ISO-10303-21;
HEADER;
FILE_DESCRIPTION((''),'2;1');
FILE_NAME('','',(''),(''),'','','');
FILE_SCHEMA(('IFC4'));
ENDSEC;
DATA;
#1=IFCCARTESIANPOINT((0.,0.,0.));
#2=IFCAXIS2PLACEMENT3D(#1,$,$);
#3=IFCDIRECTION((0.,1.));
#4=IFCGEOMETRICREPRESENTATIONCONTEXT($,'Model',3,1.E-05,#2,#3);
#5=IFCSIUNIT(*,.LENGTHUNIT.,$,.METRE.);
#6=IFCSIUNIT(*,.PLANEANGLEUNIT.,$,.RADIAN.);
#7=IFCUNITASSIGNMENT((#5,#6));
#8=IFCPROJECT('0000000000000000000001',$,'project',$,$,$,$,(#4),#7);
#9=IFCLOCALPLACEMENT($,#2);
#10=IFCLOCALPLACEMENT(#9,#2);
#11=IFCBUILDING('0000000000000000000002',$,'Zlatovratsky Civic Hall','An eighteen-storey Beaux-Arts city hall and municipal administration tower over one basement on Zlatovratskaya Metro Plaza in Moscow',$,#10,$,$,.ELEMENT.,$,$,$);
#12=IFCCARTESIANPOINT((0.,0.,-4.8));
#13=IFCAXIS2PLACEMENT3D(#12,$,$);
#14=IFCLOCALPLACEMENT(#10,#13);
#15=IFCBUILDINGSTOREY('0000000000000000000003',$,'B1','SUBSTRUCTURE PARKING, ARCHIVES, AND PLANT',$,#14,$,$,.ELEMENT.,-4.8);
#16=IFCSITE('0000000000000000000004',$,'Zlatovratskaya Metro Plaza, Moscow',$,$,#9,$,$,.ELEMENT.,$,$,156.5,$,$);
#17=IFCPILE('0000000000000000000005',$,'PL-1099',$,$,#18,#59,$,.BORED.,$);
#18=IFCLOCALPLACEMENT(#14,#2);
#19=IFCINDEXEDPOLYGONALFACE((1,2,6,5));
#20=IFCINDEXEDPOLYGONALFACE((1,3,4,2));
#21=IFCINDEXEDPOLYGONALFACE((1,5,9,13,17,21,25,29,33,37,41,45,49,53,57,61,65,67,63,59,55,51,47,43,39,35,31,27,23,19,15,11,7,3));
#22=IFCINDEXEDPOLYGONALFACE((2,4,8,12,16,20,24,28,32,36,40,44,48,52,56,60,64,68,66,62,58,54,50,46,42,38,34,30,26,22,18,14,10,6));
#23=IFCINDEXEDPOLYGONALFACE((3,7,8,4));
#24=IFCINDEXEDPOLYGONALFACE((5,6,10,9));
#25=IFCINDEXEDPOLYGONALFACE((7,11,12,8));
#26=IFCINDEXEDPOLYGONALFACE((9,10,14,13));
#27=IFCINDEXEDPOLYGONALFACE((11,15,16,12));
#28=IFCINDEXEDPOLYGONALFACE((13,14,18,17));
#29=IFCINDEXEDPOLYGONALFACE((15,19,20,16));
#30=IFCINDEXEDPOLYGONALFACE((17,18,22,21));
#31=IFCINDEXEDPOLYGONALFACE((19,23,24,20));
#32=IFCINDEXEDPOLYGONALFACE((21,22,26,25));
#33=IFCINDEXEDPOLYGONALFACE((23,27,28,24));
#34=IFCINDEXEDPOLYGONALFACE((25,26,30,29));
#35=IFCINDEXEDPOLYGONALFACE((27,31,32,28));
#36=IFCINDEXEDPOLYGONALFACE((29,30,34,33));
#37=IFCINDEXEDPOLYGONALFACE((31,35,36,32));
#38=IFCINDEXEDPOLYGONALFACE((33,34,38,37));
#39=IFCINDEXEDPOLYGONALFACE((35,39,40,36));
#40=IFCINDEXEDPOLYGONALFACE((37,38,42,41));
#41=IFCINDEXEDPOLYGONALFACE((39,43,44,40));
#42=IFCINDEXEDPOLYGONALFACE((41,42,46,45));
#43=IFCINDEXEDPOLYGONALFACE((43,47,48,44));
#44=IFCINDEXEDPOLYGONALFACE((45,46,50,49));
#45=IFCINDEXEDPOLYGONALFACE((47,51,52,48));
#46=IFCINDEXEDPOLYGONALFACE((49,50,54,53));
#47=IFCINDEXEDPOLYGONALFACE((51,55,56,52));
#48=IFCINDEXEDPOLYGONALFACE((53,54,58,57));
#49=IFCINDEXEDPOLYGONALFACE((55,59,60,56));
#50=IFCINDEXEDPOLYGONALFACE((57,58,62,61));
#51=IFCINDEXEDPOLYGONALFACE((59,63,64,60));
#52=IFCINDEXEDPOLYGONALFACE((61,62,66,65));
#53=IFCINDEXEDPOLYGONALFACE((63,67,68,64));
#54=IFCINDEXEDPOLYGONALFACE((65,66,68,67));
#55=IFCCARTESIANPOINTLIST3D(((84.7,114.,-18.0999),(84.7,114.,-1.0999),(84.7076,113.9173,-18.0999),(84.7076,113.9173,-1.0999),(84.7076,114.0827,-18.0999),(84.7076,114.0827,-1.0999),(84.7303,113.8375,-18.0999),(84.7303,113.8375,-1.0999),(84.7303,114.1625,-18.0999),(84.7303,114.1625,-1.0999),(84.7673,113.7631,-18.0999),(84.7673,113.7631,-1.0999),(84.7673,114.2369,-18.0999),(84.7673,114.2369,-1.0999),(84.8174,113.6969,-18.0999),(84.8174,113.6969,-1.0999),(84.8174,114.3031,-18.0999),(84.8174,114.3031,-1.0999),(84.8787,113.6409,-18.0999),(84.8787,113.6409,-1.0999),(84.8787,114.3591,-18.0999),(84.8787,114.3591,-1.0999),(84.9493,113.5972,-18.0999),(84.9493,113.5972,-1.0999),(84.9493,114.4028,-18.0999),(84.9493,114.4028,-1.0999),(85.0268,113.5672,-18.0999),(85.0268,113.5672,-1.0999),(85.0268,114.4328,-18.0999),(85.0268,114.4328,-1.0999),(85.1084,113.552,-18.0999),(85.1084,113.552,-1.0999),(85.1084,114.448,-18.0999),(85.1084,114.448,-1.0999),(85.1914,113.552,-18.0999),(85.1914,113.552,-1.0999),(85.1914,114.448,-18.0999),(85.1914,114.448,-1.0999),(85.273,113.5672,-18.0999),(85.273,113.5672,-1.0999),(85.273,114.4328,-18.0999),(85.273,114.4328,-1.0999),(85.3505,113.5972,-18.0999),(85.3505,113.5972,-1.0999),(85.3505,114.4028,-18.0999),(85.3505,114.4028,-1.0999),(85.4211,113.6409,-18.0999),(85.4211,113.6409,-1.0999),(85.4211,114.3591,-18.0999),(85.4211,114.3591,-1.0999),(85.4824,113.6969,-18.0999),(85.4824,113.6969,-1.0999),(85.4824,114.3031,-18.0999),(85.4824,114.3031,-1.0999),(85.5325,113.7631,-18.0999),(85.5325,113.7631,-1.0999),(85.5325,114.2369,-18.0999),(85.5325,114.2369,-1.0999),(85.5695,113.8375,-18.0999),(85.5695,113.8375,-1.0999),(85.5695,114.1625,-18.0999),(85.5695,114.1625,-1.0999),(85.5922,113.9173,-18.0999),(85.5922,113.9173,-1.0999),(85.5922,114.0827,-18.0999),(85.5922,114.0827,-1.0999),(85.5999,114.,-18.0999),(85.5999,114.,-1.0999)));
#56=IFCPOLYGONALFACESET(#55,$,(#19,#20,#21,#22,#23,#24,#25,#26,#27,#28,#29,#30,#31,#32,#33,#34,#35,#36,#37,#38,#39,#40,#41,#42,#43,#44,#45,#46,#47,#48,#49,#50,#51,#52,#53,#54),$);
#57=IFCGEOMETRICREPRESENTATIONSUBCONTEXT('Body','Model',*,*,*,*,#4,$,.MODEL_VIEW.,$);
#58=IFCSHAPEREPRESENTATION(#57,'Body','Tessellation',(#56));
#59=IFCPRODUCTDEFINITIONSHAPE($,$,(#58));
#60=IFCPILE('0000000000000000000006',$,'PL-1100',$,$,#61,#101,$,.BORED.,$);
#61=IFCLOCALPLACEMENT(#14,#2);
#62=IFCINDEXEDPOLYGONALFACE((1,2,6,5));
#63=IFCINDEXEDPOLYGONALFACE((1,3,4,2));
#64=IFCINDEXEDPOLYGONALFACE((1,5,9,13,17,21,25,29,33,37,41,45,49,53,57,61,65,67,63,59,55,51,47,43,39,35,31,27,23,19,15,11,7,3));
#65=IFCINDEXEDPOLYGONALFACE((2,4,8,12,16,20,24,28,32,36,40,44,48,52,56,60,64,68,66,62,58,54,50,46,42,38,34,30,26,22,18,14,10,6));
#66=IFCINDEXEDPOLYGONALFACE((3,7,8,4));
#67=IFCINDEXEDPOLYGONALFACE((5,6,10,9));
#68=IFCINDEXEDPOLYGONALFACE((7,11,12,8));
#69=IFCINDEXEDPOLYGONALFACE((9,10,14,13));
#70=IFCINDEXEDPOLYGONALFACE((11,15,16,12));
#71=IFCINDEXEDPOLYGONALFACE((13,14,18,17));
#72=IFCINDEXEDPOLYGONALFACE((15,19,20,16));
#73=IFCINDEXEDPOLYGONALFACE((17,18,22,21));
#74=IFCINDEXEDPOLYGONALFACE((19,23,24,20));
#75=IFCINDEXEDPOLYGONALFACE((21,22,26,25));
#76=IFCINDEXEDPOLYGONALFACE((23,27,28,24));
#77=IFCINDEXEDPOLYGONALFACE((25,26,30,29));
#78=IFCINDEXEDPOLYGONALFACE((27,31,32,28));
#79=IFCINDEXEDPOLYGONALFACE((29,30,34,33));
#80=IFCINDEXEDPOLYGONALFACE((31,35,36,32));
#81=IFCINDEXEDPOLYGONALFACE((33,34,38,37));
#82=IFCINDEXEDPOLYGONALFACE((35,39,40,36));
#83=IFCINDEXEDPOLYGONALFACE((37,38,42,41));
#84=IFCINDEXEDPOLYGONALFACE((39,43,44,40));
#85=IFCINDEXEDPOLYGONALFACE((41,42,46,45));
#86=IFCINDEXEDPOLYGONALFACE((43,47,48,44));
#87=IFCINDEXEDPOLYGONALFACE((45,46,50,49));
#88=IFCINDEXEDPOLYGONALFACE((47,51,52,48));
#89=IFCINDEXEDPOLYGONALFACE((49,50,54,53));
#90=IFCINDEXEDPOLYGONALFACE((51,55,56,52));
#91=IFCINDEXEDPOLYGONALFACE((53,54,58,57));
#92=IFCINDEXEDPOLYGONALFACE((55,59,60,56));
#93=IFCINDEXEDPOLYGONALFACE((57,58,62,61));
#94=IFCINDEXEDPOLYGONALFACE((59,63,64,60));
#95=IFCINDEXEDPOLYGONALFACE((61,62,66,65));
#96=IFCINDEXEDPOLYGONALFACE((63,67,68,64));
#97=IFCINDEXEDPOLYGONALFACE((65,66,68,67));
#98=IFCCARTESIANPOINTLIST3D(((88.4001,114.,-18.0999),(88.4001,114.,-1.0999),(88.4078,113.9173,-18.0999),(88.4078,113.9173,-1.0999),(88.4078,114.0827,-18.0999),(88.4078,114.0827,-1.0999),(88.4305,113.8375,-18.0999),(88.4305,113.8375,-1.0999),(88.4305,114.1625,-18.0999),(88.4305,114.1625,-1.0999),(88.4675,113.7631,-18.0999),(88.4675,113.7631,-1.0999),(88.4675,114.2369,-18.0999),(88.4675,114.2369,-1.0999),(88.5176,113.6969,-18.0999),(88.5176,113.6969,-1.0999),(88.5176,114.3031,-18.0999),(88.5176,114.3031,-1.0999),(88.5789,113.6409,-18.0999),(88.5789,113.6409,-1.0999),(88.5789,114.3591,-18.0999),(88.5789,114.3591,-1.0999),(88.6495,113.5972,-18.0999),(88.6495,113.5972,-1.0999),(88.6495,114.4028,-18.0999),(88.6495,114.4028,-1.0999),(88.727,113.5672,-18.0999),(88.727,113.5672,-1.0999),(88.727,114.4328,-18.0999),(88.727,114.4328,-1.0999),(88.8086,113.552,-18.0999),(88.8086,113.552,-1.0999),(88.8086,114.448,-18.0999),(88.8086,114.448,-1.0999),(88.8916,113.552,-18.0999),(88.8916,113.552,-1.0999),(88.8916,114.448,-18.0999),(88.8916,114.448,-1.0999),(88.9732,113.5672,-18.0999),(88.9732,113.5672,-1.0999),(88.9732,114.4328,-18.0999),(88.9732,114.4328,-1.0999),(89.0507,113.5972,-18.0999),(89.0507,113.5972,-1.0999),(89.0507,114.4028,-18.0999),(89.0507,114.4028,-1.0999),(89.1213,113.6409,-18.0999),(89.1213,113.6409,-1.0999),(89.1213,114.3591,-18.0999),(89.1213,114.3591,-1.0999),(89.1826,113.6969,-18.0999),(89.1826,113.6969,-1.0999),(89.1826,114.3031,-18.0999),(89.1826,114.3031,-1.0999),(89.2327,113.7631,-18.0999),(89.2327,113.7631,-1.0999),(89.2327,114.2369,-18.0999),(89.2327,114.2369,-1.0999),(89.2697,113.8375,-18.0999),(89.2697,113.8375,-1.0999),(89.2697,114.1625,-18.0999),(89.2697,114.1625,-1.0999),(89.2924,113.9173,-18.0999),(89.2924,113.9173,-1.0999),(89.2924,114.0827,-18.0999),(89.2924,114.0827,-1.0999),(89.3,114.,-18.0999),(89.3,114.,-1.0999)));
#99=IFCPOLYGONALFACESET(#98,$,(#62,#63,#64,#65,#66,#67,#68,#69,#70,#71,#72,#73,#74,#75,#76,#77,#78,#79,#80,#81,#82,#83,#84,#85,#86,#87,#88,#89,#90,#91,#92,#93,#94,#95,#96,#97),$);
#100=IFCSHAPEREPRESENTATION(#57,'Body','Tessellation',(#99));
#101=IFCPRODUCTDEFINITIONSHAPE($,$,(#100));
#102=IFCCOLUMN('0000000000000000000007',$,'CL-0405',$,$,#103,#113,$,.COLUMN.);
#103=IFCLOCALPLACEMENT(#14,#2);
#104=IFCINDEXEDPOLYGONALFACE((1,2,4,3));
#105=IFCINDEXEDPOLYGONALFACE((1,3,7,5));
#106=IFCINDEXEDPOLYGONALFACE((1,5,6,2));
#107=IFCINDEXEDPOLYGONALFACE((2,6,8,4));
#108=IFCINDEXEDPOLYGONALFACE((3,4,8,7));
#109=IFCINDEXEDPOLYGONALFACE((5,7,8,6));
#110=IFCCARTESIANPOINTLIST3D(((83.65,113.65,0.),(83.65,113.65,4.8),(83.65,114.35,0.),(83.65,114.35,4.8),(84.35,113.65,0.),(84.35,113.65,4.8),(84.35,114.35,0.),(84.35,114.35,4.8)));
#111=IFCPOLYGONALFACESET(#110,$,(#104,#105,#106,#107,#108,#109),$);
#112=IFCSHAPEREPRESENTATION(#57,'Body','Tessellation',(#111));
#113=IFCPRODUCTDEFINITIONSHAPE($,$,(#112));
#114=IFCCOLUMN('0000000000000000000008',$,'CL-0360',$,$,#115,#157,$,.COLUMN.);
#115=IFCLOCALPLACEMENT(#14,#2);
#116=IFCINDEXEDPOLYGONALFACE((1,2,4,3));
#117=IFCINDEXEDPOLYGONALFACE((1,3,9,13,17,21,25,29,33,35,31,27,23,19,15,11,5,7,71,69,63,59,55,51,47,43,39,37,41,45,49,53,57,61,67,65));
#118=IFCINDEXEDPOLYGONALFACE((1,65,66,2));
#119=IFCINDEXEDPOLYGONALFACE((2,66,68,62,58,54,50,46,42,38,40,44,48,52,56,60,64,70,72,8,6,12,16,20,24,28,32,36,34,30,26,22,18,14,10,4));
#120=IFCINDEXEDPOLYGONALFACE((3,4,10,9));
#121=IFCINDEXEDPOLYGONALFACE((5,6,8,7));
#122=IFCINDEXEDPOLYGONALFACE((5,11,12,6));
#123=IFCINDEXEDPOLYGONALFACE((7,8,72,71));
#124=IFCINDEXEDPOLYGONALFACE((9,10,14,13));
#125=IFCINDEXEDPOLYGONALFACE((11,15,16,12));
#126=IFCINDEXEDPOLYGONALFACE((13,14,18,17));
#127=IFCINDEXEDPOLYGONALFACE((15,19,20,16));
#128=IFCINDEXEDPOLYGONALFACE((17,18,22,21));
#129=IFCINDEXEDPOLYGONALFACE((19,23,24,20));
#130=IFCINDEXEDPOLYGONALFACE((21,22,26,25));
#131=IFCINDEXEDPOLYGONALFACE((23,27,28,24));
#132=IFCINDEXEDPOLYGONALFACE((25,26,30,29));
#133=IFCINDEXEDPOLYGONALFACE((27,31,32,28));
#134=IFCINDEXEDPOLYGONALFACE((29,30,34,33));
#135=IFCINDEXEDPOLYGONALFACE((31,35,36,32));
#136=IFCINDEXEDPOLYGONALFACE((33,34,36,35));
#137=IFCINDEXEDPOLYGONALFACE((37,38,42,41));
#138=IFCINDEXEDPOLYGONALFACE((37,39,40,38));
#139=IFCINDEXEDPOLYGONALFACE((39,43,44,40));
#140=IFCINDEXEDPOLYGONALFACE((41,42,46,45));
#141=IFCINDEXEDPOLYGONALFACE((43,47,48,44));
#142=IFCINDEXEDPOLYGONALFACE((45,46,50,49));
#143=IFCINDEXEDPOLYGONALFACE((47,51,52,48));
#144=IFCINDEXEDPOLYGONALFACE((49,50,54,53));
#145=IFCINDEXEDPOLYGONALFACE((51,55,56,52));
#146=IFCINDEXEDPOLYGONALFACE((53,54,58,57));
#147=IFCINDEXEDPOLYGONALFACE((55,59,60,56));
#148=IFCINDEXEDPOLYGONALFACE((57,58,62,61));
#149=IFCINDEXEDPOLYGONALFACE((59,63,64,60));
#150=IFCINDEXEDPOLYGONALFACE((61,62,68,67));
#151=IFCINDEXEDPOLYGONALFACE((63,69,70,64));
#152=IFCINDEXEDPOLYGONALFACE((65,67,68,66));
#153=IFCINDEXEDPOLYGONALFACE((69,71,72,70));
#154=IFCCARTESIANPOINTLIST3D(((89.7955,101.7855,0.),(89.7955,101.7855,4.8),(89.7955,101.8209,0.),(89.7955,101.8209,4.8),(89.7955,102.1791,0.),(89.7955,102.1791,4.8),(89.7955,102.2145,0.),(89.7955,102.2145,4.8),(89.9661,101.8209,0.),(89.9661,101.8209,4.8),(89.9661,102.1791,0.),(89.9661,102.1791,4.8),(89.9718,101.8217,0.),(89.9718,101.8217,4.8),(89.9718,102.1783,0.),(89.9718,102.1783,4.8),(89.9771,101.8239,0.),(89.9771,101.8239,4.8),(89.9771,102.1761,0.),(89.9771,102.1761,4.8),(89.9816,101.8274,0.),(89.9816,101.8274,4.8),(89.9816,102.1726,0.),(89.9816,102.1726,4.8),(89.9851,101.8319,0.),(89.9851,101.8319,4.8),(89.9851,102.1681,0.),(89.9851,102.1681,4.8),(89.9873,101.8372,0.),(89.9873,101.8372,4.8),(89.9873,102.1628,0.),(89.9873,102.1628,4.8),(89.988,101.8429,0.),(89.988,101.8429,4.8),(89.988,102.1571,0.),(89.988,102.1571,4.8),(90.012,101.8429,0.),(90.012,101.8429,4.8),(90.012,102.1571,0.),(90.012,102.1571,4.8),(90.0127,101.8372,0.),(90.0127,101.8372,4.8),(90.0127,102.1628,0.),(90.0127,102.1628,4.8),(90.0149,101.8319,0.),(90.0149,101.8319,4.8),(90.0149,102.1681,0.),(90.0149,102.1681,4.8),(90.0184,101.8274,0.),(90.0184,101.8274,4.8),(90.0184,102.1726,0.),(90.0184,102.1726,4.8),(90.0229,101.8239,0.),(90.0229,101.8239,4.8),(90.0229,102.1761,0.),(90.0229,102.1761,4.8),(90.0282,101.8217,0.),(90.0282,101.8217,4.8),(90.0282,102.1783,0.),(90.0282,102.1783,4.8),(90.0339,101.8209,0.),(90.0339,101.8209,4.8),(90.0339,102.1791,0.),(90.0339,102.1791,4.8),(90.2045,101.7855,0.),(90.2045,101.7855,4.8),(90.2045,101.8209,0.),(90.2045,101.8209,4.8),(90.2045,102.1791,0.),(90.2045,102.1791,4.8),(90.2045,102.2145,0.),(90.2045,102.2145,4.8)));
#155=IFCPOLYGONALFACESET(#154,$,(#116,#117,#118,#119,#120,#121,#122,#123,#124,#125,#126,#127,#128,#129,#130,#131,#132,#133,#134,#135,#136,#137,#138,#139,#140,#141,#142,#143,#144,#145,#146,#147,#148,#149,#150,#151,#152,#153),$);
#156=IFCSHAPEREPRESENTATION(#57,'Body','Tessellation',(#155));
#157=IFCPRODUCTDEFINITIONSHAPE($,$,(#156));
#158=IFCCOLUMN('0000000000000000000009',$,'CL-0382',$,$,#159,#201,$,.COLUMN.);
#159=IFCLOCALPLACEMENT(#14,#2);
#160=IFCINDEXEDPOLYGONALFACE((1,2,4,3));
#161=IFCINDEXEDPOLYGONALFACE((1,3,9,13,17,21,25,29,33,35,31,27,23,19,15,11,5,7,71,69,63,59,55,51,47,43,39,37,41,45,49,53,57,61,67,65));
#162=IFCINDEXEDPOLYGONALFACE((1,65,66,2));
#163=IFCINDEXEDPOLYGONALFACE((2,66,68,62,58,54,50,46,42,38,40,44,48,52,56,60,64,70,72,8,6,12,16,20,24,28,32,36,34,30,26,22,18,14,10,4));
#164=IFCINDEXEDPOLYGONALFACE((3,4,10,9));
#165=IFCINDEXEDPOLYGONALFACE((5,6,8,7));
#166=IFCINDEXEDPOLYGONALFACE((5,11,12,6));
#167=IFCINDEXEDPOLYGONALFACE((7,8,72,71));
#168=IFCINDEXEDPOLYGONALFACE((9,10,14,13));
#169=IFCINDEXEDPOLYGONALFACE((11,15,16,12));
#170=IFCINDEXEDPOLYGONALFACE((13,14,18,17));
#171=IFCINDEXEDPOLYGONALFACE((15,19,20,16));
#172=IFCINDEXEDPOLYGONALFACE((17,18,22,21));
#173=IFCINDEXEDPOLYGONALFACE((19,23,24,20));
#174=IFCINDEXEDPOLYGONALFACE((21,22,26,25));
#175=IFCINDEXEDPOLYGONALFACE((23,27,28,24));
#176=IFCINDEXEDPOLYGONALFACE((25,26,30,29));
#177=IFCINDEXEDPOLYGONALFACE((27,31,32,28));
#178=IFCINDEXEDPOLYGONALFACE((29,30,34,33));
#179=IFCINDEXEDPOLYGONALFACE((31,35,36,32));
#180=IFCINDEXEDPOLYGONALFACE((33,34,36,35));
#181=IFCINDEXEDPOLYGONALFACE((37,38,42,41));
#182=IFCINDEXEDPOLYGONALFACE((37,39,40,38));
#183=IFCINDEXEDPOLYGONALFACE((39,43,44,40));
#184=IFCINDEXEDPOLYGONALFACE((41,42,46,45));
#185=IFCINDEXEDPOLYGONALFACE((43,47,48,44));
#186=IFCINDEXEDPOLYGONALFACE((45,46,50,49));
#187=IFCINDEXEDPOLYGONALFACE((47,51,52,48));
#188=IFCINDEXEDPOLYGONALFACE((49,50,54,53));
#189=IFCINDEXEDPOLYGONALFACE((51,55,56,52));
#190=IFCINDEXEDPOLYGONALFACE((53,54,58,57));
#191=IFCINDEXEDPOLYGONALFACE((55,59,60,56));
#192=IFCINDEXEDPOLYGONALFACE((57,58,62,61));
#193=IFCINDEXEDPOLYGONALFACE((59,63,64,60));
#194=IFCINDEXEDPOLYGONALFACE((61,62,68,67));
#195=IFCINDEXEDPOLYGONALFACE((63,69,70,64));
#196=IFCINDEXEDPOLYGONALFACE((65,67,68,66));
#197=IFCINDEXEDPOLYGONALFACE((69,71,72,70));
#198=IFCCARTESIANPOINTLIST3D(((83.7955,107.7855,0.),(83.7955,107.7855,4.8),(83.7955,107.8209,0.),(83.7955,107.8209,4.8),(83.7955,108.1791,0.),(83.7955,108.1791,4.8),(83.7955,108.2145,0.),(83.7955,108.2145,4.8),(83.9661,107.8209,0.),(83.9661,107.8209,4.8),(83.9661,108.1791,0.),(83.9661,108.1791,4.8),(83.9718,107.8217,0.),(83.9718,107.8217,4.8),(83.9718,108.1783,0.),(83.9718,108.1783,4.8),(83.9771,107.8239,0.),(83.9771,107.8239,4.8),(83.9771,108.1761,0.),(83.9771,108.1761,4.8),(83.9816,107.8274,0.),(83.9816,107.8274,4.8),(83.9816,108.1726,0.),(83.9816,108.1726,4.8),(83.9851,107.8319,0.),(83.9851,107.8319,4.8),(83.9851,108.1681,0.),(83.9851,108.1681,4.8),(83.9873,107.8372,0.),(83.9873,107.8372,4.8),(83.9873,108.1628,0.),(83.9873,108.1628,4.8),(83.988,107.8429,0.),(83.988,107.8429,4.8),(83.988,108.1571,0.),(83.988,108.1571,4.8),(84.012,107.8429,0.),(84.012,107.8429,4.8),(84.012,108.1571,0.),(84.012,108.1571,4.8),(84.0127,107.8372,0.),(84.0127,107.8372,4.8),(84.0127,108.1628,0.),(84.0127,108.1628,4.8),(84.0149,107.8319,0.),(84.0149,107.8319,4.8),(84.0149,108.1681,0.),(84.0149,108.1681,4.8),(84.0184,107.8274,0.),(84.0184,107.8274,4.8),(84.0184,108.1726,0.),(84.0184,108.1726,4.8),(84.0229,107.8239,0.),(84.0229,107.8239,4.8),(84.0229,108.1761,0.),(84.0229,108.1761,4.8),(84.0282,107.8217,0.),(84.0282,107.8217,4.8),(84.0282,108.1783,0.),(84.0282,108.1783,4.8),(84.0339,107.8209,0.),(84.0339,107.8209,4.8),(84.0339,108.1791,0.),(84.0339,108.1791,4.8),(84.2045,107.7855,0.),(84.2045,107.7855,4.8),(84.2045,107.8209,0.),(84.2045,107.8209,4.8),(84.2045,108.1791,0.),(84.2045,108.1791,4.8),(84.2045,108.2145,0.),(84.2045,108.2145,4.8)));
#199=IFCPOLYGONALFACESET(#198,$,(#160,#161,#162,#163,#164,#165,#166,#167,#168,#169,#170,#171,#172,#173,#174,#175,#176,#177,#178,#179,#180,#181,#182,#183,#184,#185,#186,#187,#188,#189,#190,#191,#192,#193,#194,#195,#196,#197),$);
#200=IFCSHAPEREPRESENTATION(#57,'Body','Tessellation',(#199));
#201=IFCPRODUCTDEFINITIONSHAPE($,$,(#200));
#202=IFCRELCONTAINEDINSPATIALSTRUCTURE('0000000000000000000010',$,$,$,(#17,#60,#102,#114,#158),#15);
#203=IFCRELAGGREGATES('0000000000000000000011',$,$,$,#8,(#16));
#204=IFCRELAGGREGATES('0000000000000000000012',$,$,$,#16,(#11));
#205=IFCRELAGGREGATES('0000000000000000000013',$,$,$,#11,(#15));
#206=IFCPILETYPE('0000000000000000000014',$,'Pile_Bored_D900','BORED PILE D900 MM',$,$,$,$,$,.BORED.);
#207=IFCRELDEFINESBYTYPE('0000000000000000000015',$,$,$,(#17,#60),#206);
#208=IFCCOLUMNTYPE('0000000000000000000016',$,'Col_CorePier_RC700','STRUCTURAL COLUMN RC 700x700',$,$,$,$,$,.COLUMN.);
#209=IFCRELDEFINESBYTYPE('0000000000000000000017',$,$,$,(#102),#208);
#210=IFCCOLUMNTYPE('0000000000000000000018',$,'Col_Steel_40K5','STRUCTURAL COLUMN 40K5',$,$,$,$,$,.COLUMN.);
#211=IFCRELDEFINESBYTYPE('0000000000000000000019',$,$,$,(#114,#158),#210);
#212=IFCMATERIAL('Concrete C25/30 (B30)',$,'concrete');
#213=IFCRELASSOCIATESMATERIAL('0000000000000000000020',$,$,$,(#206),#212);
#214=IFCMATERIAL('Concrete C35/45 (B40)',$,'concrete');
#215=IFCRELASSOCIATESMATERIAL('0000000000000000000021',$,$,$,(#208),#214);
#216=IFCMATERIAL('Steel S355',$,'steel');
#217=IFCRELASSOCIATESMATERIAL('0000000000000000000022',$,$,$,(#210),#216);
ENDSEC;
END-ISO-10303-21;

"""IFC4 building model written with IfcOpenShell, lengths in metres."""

from ifc_helpers import new_model, si_unit, direction, frame, origin, origin_2d, place, context, subcontext, project, spatial, rectangle, circle, i_section, extrude, material, material_profile, profile_set, type_object, element, save


model = new_model("IFC4")

# Units and contexts
model_context = context("Model", 3, precision=1e-05, world=origin(), true_north=direction((0.0, 1.0)))
body_context = subcontext(model_context, "Body", "Model", "MODEL_VIEW")
ifc_project = project(units=[si_unit("LENGTHUNIT", "METRE"), si_unit("PLANEANGLEUNIT", "RADIAN")], contexts=[model_context])

# Site, building, storey
site_placement = place(None, origin())
site = spatial("IfcSite", under=ifc_project, at=site_placement, Name="Zlatovratskaya Metro Plaza, Moscow", CompositionType="ELEMENT", RefElevation=156.5)
building_placement = place(site_placement, origin())
building = spatial("IfcBuilding", under=site, at=building_placement, Name="Zlatovratsky Civic Hall", Description="An eighteen-storey Beaux-Arts city hall and municipal administration tower over one basement on Zlatovratskaya Metro Plaza in Moscow", CompositionType="ELEMENT")
storey_placement = place(building_placement, frame((0.0, 0.0, -4.8)))
storey = spatial("IfcBuildingStorey", under=building, at=storey_placement, Name="B1", Description="SUBSTRUCTURE PARKING, ARCHIVES, AND PLANT", CompositionType="ELEMENT", Elevation=-4.8)

# Shared definitions
ifc_material_1 = material(Name="Concrete C25/30 (B30)", Category="concrete")

# Piles
ifc_material_profile_1 = material_profile(ifc_material_1, circle(Radius=0.45, at=origin_2d()), Name="PILE D900")
ifc_profile_set_1 = profile_set([ifc_material_profile_1], Name="Concrete C25/30 (B30)")
pile_type_1 = type_object("IfcPileType", Name="Pile_Bored_D900", Description="BORED PILE D900 MM", PredefinedType="BORED", material=ifc_profile_set_1)
for number, where, z_axis, x_axis, name in (
    (1, (85.1499, 114.0, -1.0999), (0.0, 0.0, -1.0), (1.0, 0.0, 0.0), "PL-1099"),
    (2, (88.8501, 114.0, -1.0999), (0.0, 0.0, -1.0), (1.0, 0.0, 0.0), "PL-1100"),
):
    element("IfcPile", number, at=place(storey_placement, frame(where, z_axis=z_axis, x_axis=x_axis)), inside=storey, type_object=pile_type_1, Name=name, PredefinedType="BORED", context=body_context, shape_type="SweptSolid", body=[
        extrude(circle(Radius=0.45, at=origin_2d()), origin(), (0.0, 0.0, 1.0), 17.0),
    ])

# Columns
ifc_material_2 = material(Name="Concrete C35/45 (B40)", Category="concrete")
ifc_material_profile_2 = material_profile(ifc_material_2, rectangle(XDim=0.7, YDim=0.7, at=origin_2d()), Name="RC 700x700")
ifc_profile_set_2 = profile_set([ifc_material_profile_2], Name="Concrete C35/45 (B40)")
column_type_1 = type_object("IfcColumnType", Name="Col_CorePier_RC700", Description="STRUCTURAL COLUMN RC 700x700", PredefinedType="COLUMN", material=ifc_profile_set_2)
column_placement = place(storey_placement, frame((84.0, 114.0, 0.0), z_axis=(0.0, 0.0, 1.0), x_axis=(1.0, 0.0, 0.0)))
element("IfcColumn", 3, at=column_placement, inside=storey, type_object=column_type_1, Name="CL-0405", PredefinedType="COLUMN", context=body_context, shape_type="SweptSolid", body=[
    extrude(rectangle(XDim=0.7, YDim=0.7, at=origin_2d()), origin(), (0.0, 0.0, 1.0), 4.8),
])
ifc_material_3 = material(Name="Steel S355", Category="steel")
ifc_material_profile_3 = material_profile(ifc_material_3, i_section(OverallWidth=0.4089, OverallDepth=0.429, WebThickness=0.0239, FlangeThickness=0.0354, FilletRadius=0.022, at=origin_2d()), Name="40K5")
ifc_profile_set_3 = profile_set([ifc_material_profile_3], Name="Steel S355")
column_type_2 = type_object("IfcColumnType", Name="Col_Steel_40K5", Description="STRUCTURAL COLUMN 40K5", PredefinedType="COLUMN", material=ifc_profile_set_3)
for number, where, z_axis, x_axis, name in (
    (4, (90.0, 102.0, 0.0), (0.0, 0.0, 1.0), (1.0, 0.0, 0.0), "CL-0360"),
    (5, (84.0, 108.0, 0.0), (0.0, 0.0, 1.0), (1.0, 0.0, 0.0), "CL-0382"),
):
    element("IfcColumn", number, at=place(storey_placement, frame(where, z_axis=z_axis, x_axis=x_axis)), inside=storey, type_object=column_type_2, Name=name, PredefinedType="COLUMN", context=body_context, shape_type="SweptSolid", body=[
        extrude(i_section(OverallWidth=0.4089, OverallDepth=0.429, WebThickness=0.0239, FlangeThickness=0.0354, FilletRadius=0.022, at=origin_2d()), origin(), (0.0, 0.0, 1.0), 4.8),
    ])

save(model, "model.ifc")
